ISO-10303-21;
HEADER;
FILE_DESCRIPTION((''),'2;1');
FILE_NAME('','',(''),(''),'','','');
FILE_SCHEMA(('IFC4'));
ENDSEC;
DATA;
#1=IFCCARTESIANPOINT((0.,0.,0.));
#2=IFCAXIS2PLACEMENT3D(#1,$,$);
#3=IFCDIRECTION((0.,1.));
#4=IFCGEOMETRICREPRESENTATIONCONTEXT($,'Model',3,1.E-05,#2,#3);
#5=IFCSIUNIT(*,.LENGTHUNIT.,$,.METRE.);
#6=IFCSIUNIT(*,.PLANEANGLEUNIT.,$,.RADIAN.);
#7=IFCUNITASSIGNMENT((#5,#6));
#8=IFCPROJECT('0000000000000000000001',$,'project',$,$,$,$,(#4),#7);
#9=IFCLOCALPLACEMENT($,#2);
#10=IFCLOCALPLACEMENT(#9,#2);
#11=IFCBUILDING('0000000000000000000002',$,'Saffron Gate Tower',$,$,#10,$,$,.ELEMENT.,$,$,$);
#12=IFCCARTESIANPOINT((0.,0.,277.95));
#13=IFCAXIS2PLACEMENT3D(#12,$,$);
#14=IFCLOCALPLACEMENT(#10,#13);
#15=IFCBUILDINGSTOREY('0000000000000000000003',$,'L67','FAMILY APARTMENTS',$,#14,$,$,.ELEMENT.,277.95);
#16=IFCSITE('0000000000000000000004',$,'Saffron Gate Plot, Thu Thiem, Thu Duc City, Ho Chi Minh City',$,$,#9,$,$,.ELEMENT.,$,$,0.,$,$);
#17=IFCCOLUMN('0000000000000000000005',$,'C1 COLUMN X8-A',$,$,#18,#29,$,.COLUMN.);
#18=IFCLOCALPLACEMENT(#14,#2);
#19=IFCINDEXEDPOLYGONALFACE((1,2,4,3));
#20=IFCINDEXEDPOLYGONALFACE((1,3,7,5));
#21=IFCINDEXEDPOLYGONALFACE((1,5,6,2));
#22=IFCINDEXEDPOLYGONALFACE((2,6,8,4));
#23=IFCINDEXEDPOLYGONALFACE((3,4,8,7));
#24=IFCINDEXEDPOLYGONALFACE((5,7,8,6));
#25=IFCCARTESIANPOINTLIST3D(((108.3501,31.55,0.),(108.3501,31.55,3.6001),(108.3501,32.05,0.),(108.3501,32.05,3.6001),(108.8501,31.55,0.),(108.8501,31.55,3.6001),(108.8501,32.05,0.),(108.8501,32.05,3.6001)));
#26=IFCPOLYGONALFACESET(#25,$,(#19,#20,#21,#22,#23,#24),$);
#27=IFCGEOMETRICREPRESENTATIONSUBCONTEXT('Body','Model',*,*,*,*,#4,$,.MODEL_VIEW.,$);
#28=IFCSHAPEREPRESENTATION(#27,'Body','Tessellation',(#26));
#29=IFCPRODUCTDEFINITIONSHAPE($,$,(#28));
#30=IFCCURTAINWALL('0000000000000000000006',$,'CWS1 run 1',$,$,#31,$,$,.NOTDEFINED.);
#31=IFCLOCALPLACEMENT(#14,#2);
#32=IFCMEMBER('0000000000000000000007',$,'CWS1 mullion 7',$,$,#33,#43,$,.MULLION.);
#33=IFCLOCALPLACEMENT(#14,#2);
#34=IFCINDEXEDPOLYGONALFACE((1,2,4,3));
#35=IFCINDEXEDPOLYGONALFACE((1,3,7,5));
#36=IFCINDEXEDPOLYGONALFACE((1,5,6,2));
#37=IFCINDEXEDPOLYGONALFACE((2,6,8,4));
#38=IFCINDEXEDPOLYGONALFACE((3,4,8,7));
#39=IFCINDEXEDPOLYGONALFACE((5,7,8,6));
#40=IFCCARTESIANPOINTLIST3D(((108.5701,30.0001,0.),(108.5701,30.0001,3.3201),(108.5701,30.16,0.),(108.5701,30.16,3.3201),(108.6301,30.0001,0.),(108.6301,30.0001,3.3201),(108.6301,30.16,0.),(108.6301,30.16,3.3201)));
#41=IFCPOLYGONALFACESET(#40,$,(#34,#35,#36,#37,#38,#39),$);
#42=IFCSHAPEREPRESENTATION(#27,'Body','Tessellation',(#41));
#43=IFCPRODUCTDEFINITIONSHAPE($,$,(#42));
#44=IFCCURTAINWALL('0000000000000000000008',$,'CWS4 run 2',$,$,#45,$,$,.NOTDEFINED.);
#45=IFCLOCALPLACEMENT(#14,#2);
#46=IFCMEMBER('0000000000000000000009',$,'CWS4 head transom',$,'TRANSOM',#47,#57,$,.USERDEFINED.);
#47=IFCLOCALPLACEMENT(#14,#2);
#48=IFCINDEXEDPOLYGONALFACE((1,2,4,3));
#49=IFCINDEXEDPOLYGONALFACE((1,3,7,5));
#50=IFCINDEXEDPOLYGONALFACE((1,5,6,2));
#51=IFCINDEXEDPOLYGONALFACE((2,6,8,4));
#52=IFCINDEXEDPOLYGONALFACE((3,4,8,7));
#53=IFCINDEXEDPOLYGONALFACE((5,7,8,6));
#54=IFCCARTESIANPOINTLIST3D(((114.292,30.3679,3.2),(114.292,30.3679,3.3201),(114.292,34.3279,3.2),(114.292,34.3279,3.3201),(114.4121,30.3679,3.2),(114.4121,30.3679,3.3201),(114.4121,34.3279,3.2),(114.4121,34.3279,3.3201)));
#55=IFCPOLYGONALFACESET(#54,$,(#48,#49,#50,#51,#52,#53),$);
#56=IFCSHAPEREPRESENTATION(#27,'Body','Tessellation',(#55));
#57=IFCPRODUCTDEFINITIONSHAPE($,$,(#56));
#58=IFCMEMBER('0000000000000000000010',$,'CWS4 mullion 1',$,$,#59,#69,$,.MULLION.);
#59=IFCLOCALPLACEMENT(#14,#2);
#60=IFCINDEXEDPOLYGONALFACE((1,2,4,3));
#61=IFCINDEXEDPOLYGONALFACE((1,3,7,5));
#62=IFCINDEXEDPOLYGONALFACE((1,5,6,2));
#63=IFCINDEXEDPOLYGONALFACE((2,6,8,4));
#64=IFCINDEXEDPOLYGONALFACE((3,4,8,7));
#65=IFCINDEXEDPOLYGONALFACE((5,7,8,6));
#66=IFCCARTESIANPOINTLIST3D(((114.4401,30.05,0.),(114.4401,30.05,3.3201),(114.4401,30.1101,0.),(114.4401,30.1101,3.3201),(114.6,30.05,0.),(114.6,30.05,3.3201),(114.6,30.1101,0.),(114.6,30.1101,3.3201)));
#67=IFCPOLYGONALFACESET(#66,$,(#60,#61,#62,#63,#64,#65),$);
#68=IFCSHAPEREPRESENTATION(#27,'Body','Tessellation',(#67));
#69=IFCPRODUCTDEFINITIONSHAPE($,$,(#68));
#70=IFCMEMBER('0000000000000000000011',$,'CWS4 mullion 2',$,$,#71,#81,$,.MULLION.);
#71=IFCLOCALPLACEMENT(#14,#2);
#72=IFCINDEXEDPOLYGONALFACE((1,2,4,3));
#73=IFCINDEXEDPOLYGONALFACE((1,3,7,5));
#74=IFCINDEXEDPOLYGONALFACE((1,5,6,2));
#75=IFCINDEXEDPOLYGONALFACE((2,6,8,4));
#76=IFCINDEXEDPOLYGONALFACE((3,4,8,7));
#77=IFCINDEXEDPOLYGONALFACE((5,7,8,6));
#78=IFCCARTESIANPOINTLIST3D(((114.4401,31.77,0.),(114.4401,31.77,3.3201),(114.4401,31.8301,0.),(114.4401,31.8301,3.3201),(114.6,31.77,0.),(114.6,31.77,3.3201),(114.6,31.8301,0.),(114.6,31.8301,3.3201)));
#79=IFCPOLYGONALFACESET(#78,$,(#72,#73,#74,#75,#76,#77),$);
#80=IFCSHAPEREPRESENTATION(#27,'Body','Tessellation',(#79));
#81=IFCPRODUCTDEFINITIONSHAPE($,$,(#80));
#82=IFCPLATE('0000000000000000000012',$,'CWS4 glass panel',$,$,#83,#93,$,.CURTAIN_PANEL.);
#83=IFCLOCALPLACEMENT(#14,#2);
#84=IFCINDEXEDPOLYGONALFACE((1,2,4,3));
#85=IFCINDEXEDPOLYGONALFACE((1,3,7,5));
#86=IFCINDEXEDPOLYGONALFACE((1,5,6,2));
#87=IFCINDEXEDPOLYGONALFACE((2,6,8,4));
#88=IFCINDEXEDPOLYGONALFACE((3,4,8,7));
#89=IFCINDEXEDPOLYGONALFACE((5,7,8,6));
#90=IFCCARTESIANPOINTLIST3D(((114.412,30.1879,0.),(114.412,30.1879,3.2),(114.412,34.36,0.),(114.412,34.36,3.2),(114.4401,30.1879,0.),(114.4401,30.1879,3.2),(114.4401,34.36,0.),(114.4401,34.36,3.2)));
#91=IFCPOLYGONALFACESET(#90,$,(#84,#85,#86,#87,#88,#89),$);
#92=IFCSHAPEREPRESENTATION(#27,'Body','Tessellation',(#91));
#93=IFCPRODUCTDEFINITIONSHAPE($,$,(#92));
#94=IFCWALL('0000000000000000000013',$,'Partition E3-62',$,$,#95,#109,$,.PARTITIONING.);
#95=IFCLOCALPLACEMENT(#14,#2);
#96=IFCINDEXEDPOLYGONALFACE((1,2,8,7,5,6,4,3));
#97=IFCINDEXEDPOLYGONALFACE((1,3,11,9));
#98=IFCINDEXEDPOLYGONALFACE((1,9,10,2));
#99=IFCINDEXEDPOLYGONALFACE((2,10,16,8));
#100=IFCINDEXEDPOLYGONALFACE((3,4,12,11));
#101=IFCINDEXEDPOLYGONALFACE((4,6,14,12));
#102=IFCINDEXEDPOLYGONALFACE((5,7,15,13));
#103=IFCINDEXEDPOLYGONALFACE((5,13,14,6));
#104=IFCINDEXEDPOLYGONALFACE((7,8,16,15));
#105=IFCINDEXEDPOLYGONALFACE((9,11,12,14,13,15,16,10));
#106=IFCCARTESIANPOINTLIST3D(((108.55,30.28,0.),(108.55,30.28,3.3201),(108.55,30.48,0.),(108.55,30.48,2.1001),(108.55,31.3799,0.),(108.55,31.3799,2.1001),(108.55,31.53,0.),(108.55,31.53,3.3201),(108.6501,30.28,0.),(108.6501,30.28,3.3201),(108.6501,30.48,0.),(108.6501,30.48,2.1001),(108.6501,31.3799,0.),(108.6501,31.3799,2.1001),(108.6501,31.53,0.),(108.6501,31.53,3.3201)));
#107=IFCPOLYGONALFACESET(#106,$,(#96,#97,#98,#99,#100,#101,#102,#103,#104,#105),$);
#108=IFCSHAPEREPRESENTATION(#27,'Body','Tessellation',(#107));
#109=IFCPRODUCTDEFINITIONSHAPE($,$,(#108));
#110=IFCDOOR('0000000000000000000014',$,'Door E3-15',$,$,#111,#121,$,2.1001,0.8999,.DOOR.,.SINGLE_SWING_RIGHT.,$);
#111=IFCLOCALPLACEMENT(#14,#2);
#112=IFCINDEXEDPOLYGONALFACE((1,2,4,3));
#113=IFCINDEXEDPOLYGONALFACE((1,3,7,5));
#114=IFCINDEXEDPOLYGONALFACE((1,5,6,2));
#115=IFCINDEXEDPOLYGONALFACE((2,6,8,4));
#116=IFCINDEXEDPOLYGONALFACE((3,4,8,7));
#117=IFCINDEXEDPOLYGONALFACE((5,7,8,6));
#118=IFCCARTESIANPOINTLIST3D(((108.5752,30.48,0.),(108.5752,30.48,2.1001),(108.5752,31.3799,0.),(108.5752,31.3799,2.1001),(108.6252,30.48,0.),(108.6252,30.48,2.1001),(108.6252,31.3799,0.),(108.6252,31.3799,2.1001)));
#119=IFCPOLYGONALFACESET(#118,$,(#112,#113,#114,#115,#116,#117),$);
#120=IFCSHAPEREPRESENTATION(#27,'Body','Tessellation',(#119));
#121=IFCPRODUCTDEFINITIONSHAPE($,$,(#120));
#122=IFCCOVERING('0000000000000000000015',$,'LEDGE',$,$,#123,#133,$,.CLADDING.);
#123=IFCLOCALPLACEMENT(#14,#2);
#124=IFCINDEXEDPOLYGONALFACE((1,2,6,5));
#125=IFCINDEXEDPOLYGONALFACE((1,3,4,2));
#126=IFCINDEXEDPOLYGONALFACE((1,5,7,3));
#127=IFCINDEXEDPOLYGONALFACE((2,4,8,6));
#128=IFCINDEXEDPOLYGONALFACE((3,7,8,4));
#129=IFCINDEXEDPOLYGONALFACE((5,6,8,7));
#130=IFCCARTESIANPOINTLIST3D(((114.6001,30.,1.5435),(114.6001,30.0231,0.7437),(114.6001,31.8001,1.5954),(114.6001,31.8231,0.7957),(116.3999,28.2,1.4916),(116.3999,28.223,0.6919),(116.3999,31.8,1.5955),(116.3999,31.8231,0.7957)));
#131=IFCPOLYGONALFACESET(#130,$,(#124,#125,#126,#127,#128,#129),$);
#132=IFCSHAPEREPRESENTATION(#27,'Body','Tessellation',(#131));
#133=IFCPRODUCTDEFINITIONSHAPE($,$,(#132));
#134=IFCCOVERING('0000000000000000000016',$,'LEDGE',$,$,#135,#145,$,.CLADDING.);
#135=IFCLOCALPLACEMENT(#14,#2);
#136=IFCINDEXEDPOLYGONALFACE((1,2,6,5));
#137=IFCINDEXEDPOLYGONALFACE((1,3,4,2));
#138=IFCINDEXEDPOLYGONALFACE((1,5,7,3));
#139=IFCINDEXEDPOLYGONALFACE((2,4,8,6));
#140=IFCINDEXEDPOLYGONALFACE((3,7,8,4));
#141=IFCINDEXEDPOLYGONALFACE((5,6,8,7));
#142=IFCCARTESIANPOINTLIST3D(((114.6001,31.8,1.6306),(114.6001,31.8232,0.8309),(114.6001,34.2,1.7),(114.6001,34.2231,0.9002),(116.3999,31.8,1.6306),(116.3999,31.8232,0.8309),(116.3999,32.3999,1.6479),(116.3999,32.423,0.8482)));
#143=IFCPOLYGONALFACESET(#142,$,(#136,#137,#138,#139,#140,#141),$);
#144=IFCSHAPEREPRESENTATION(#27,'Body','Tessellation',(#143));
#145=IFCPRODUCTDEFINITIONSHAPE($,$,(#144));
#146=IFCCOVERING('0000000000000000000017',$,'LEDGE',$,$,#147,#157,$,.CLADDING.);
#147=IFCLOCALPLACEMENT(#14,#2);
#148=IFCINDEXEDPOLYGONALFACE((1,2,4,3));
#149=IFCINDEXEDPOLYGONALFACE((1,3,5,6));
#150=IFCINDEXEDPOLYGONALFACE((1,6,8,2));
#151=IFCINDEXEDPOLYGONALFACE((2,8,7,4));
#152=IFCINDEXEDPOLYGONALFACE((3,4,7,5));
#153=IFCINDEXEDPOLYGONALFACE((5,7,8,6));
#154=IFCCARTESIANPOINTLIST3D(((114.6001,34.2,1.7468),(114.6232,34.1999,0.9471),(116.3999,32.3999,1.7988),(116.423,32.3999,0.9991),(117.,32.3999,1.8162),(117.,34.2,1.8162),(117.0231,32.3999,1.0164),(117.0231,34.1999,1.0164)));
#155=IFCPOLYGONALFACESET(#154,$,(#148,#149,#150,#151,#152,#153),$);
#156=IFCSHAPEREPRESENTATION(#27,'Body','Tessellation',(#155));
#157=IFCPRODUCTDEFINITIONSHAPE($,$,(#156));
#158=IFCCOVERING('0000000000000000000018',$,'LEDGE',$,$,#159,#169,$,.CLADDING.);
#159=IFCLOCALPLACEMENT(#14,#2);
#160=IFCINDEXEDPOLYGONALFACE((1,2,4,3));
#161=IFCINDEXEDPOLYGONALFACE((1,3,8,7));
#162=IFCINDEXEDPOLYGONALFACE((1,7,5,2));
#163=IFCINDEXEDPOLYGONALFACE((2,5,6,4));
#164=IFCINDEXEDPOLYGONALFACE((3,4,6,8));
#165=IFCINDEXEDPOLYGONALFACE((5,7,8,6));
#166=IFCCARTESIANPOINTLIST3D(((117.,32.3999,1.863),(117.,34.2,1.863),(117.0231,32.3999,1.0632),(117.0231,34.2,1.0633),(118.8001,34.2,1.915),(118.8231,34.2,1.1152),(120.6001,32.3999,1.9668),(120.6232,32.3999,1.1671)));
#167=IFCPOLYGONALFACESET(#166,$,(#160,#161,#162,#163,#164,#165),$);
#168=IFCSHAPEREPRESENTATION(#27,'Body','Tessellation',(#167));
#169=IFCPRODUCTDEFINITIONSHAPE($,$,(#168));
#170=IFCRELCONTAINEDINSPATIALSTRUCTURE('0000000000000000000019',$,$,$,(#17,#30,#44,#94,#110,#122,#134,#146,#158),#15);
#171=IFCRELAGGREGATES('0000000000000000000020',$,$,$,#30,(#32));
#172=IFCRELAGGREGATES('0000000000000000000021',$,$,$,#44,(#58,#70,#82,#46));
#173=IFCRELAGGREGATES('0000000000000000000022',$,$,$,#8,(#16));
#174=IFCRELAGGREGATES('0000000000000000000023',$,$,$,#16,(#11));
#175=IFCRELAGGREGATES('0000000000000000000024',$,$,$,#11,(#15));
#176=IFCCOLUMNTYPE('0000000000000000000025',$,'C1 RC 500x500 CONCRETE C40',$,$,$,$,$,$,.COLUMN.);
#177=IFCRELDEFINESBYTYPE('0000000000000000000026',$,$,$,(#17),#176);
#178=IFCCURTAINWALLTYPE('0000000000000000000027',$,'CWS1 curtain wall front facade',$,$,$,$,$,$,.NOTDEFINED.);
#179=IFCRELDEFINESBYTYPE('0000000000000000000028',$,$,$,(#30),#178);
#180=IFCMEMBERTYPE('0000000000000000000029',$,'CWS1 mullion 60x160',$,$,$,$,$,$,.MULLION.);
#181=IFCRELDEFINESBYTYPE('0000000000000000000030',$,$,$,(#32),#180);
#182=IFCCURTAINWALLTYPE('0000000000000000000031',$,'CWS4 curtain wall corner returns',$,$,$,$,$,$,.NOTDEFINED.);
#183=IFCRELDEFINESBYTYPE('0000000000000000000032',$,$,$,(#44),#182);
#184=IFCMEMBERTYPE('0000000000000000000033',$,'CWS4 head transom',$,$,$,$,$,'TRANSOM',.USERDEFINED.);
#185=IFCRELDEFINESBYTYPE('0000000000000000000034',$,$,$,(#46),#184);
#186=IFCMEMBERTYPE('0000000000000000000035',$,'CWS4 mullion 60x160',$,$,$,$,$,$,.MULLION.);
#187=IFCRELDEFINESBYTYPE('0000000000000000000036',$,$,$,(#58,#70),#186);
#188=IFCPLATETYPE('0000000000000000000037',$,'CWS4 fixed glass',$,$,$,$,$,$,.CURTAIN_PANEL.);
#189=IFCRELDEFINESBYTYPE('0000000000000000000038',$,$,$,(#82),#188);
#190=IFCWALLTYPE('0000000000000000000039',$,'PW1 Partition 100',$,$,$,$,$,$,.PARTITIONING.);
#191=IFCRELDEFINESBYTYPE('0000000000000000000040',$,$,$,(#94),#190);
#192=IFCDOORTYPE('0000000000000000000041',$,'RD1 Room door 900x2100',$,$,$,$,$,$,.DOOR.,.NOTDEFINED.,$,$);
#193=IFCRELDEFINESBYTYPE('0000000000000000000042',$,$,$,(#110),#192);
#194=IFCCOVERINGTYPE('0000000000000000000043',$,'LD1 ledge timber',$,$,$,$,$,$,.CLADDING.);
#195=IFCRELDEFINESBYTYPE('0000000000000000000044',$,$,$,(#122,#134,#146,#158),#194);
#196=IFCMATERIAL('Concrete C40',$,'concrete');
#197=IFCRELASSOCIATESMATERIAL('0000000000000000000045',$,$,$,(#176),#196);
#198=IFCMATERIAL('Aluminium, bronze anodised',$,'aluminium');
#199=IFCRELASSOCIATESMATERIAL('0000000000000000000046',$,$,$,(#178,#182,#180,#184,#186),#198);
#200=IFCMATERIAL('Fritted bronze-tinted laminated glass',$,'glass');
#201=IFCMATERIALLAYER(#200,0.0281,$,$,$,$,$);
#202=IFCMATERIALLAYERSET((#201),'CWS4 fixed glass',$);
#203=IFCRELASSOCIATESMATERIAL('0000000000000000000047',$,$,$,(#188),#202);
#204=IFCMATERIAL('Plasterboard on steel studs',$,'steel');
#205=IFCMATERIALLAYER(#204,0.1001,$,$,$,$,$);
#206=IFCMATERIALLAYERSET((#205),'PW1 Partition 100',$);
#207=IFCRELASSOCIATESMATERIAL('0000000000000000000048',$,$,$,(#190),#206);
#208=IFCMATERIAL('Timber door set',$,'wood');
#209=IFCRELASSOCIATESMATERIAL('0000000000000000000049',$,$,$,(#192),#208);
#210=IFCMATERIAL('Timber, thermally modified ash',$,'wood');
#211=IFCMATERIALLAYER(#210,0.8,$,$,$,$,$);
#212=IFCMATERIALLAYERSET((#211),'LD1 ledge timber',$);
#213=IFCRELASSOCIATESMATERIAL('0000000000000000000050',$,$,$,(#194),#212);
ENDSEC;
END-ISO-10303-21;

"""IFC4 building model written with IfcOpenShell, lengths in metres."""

from ifc_helpers import new_model, si_unit, direction, frame, frame_2d, origin, origin_2d, place, context, subcontext, project, spatial, polyline, rectangle, outline, extrude, material, layer, layer_set, material_profile, profile_set, type_object, element, fill, aggregate, save


model = new_model("IFC4")

# Units and contexts
model_context = context("Model", 3, precision=1e-05, world=origin(), true_north=direction((0.0, 1.0)))
body_context = subcontext(model_context, "Body", "Model", "MODEL_VIEW")
ifc_project = project(units=[si_unit("LENGTHUNIT", "METRE"), si_unit("PLANEANGLEUNIT", "RADIAN")], contexts=[model_context])

# Site, building, storey
site_placement = place(None, origin())
site = spatial("IfcSite", under=ifc_project, at=site_placement, Name="Saffron Gate Plot, Thu Thiem, Thu Duc City, Ho Chi Minh City", CompositionType="ELEMENT", RefElevation=0.0)
building_placement = place(site_placement, origin())
building = spatial("IfcBuilding", under=site, at=building_placement, Name="Saffron Gate Tower", CompositionType="ELEMENT")
storey_placement = place(building_placement, frame((0.0, 0.0, 277.95)))
storey = spatial("IfcBuildingStorey", under=building, at=storey_placement, Name="L67", Description="FAMILY APARTMENTS", CompositionType="ELEMENT", Elevation=277.95)

# Column
ifc_material_1 = material(Name="Concrete C40", Category="concrete")
ifc_material_profile_1 = material_profile(ifc_material_1, rectangle(XDim=0.5, YDim=0.5, at=origin_2d()))
ifc_profile_set_1 = profile_set([ifc_material_profile_1], Name="Concrete C40")
column_type = type_object("IfcColumnType", Name="C1 RC 500x500 CONCRETE C40", PredefinedType="COLUMN", material=ifc_profile_set_1)
column_placement = place(storey_placement, frame((108.6001, 31.8, 0.0), z_axis=(0.0, 0.0, 1.0), x_axis=(1.0, 0.0, 0.0)))
element("IfcColumn", 1, at=column_placement, inside=storey, type_object=column_type, Name="C1 COLUMN X8-A", PredefinedType="COLUMN", context=body_context, shape_type="SweptSolid", body=[
    extrude(rectangle(XDim=0.5, YDim=0.5, at=origin_2d()), origin(), (0.0, 0.0, 1.0), 3.6001),
])

# Curtain wall, member
ifc_material_2 = material(Name="Aluminium, bronze anodised", Category="aluminium")
curtain_wall_type_1 = type_object("IfcCurtainWallType", Name="CWS1 curtain wall front facade", PredefinedType="NOTDEFINED", material=ifc_material_2)
curtain_wall_1_placement = place(storey_placement, origin())
curtain_wall_1 = element("IfcCurtainWall", 2, at=curtain_wall_1_placement, inside=storey, type_object=curtain_wall_type_1, Name="CWS1 run 1", PredefinedType="NOTDEFINED")
ifc_material_profile_2 = material_profile(ifc_material_2, rectangle(XDim=0.1599, YDim=0.0601, at=origin_2d()))
ifc_profile_set_2 = profile_set([ifc_material_profile_2], Name="Aluminium, bronze anodised")
member_type_1 = type_object("IfcMemberType", Name="CWS1 mullion 60x160", PredefinedType="MULLION", material=ifc_profile_set_2)
member_1_placement = place(storey_placement, frame((108.6001, 30.0801, 0.0), z_axis=(0.0, 0.0, 1.0), x_axis=(0.0, 1.0, 0.0)))
member_1 = element("IfcMember", 3, at=member_1_placement, type_object=member_type_1, Name="CWS1 mullion 7", PredefinedType="MULLION", context=body_context, shape_type="SweptSolid", body=[
    extrude(rectangle(XDim=0.1599, YDim=0.0601, at=origin_2d()), origin(), (0.0, 0.0, 1.0), 3.3201),
])
aggregate(curtain_wall_1, [member_1])

# Curtain wall, members, plate
curtain_wall_type_2 = type_object("IfcCurtainWallType", Name="CWS4 curtain wall corner returns", PredefinedType="NOTDEFINED", material=ifc_material_2)
curtain_wall_2_placement = place(storey_placement, origin())
curtain_wall_2 = element("IfcCurtainWall", 4, at=curtain_wall_2_placement, inside=storey, type_object=curtain_wall_type_2, Name="CWS4 run 2", PredefinedType="NOTDEFINED")
ifc_material_profile_3 = material_profile(ifc_material_2, rectangle(XDim=0.1201, YDim=0.1201, at=origin_2d()))
ifc_profile_set_3 = profile_set([ifc_material_profile_3], Name="Aluminium, bronze anodised")
member_type_2 = type_object("IfcMemberType", Name="CWS4 head transom", ElementType="TRANSOM", PredefinedType="USERDEFINED", material=ifc_profile_set_3)
member_2_placement = place(storey_placement, frame((114.3521, 30.3679, 3.26), z_axis=(0.0, 1.0, 0.0), x_axis=(-1.0, 0.0, 0.0)))
member_2 = element("IfcMember", 5, at=member_2_placement, type_object=member_type_2, Name="CWS4 head transom", ObjectType="TRANSOM", PredefinedType="USERDEFINED", context=body_context, shape_type="SweptSolid", body=[
    extrude(rectangle(XDim=0.1201, YDim=0.1201, at=origin_2d()), origin(), (0.0, 0.0, 1.0), 3.96),
])
ifc_material_profile_4 = material_profile(ifc_material_2, rectangle(XDim=0.1599, YDim=0.0601, at=origin_2d()))
ifc_profile_set_4 = profile_set([ifc_material_profile_4], Name="Aluminium, bronze anodised")
member_type_3 = type_object("IfcMemberType", Name="CWS4 mullion 60x160", PredefinedType="MULLION", material=ifc_profile_set_4)
member_3_placement = place(storey_placement, frame((114.52, 30.0801, 0.0), z_axis=(0.0, 0.0, 1.0), x_axis=(-1.0, 0.0, 0.0)))
member_3 = element("IfcMember", 6, at=member_3_placement, type_object=member_type_3, Name="CWS4 mullion 1", PredefinedType="MULLION", context=body_context, shape_type="SweptSolid", body=[
    extrude(rectangle(XDim=0.1599, YDim=0.0601, at=origin_2d()), origin(), (0.0, 0.0, 1.0), 3.3201),
])
member_4_placement = place(storey_placement, frame((114.52, 31.8, 0.0), z_axis=(0.0, 0.0, 1.0), x_axis=(-1.0, 0.0, 0.0)))
member_4 = element("IfcMember", 7, at=member_4_placement, type_object=member_type_3, Name="CWS4 mullion 2", PredefinedType="MULLION", context=body_context, shape_type="SweptSolid", body=[
    extrude(rectangle(XDim=0.1599, YDim=0.0601, at=origin_2d()), origin(), (0.0, 0.0, 1.0), 3.3201),
])
ifc_material_3 = material(Name="Fritted bronze-tinted laminated glass", Category="glass")
ifc_layer_1 = layer(ifc_material_3, 0.0281)
ifc_layer_set_1 = layer_set([ifc_layer_1], Name="CWS4 fixed glass")
plate_type = type_object("IfcPlateType", Name="CWS4 fixed glass", PredefinedType="CURTAIN_PANEL", material=ifc_layer_set_1)
plate_placement = place(storey_placement, frame((114.426, 30.188, 0.0), z_axis=(0.0, 0.0, 1.0), x_axis=(0.0, 1.0, 0.0)))
plate = element("IfcPlate", 8, at=plate_placement, type_object=plate_type, Name="CWS4 glass panel", PredefinedType="CURTAIN_PANEL", context=body_context, shape_type="SweptSolid", body=[
    extrude(rectangle(XDim=4.1721, YDim=0.0281, at=frame_2d((2.0859, 0.0))), origin(), (0.0, 0.0, 1.0), 3.2),
])
aggregate(curtain_wall_2, [member_3, member_4, plate, member_2])

# Wall, opening, door
ifc_material_4 = material(Name="Plasterboard on steel studs", Category="steel")
ifc_layer_2 = layer(ifc_material_4, 0.1001)
ifc_layer_set_2 = layer_set([ifc_layer_2], Name="PW1 Partition 100")
wall_type = type_object("IfcWallType", Name="PW1 Partition 100", PredefinedType="PARTITIONING", material=ifc_layer_set_2)
wall_placement = place(storey_placement, frame((108.6001, 30.28, 0.0), z_axis=(0.0, 0.0, 1.0), x_axis=(0.0, 1.0, 0.0)))
wall = element("IfcWall", 9, at=wall_placement, inside=storey, type_object=wall_type, Name="Partition E3-62", PredefinedType="PARTITIONING", context=body_context, shape_type="SweptSolid", body=[
    extrude(rectangle(XDim=1.25, YDim=0.1001, at=frame_2d((0.625, 0.0))), origin(), (0.0, 0.0, 1.0), 3.3201),
])
opening_placement = place(wall_placement, frame((0.2, 0.0, 0.0)))
opening = element("IfcOpeningElement", 10, at=opening_placement, cuts=wall, PredefinedType="OPENING", context=body_context, shape_type="SweptSolid", body=[
    extrude(rectangle(XDim=0.8999, YDim=2.1001, at=frame_2d((0.45, 1.05))), frame((0.0, 0.0601, 0.0), z_axis=(0.0, -1.0, 0.0), x_axis=(1.0, 0.0, 0.0)), (0.0, 0.0, 1.0), 0.1201),
])
ifc_material_5 = material(Name="Timber door set", Category="wood")
door_type = type_object("IfcDoorType", Name="RD1 Room door 900x2100", OperationType="NOTDEFINED", PredefinedType="DOOR", material=ifc_material_5)
door_placement = place(opening_placement, origin())
door = element("IfcDoor", 11, at=door_placement, inside=storey, type_object=door_type, Name="Door E3-15", OperationType="SINGLE_SWING_RIGHT", OverallHeight=2.1001, OverallWidth=0.8999, PredefinedType="DOOR", context=body_context, shape_type="SweptSolid", body=[
    extrude(rectangle(XDim=0.8999, YDim=2.1001, at=frame_2d((0.45, 1.05))), frame((0.0, 0.0249, 0.0), z_axis=(0.0, -1.0, 0.0), x_axis=(1.0, 0.0, 0.0)), (0.0, 0.0, 1.0), 0.05),
])
fill(opening, door)

# Coverings
ifc_material_6 = material(Name="Timber, thermally modified ash", Category="wood")
ifc_layer_3 = layer(ifc_material_6, 0.8)
ifc_layer_set_3 = layer_set([ifc_layer_3], Name="LD1 ledge timber")
covering_type_1 = type_object("IfcCoveringType", Name="LD1 ledge timber", PredefinedType="CLADDING", material=ifc_layer_set_3)
covering_1_placement = place(storey_placement, frame((114.6001, 30.0, 1.5435), z_axis=(-0.000045, -0.028832, 0.999584), x_axis=(0.0, 0.999584, 0.028832)))
element("IfcCovering", 12, at=covering_1_placement, inside=storey, type_object=covering_type_1, Name="LEDGE", PredefinedType="CLADDING", context=body_context, shape_type="SweptSolid", body=[
    extrude(outline(polyline([(0.0, 0.0), (1.8008, 0.0), (1.8008, -1.7998), (-1.8008, -1.7998), (0.0, 0.0)])), origin(), (0.0, 0.0, -1.0), 0.8),
])
covering_2_placement = place(storey_placement, frame((114.6001, 31.8, 1.6306), z_axis=(-0.000002, -0.02888, 0.999583), x_axis=(0.0, 0.999583, 0.02888)))
element("IfcCovering", 13, at=covering_2_placement, inside=storey, type_object=covering_type_1, Name="LEDGE", PredefinedType="CLADDING", context=body_context, shape_type="SweptSolid", body=[
    extrude(outline(polyline([(0.0, 0.0), (2.4009, 0.0), (0.6001, -1.7998), (0.0, -1.7998), (0.0, 0.0)])), origin(), (0.0, 0.0, -1.0), 0.8),
])
covering_3_placement = place(storey_placement, frame((114.6001, 34.2, 1.7468), z_axis=(-0.028878, 0.000002, 0.999583), x_axis=(0.999583, 0.0, 0.028878)))
element("IfcCovering", 14, at=covering_3_placement, inside=storey, type_object=covering_type_1, Name="LEDGE", PredefinedType="CLADDING", context=body_context, shape_type="SweptSolid", body=[
    extrude(outline(polyline([(0.0, 0.0), (2.4009, 0.0), (2.4009, -1.8), (1.8006, -1.8), (0.0, 0.0)])), origin(), (0.0, 0.0, -1.0), 0.8),
])
covering_4_placement = place(storey_placement, frame((117.0, 34.2, 1.863), z_axis=(-0.028832, -0.000045, 0.999584), x_axis=(0.999584, 0.0, 0.028832)))
element("IfcCovering", 15, at=covering_4_placement, inside=storey, type_object=covering_type_1, Name="LEDGE", PredefinedType="CLADDING", context=body_context, shape_type="SweptSolid", body=[
    extrude(outline(polyline([(0.0, 0.0), (1.8008, 0.0), (3.6016, -1.8), (0.0, -1.8), (0.0, 0.0)])), origin(), (0.0, 0.0, -1.0), 0.8),
])

save(model, "model.ifc")
